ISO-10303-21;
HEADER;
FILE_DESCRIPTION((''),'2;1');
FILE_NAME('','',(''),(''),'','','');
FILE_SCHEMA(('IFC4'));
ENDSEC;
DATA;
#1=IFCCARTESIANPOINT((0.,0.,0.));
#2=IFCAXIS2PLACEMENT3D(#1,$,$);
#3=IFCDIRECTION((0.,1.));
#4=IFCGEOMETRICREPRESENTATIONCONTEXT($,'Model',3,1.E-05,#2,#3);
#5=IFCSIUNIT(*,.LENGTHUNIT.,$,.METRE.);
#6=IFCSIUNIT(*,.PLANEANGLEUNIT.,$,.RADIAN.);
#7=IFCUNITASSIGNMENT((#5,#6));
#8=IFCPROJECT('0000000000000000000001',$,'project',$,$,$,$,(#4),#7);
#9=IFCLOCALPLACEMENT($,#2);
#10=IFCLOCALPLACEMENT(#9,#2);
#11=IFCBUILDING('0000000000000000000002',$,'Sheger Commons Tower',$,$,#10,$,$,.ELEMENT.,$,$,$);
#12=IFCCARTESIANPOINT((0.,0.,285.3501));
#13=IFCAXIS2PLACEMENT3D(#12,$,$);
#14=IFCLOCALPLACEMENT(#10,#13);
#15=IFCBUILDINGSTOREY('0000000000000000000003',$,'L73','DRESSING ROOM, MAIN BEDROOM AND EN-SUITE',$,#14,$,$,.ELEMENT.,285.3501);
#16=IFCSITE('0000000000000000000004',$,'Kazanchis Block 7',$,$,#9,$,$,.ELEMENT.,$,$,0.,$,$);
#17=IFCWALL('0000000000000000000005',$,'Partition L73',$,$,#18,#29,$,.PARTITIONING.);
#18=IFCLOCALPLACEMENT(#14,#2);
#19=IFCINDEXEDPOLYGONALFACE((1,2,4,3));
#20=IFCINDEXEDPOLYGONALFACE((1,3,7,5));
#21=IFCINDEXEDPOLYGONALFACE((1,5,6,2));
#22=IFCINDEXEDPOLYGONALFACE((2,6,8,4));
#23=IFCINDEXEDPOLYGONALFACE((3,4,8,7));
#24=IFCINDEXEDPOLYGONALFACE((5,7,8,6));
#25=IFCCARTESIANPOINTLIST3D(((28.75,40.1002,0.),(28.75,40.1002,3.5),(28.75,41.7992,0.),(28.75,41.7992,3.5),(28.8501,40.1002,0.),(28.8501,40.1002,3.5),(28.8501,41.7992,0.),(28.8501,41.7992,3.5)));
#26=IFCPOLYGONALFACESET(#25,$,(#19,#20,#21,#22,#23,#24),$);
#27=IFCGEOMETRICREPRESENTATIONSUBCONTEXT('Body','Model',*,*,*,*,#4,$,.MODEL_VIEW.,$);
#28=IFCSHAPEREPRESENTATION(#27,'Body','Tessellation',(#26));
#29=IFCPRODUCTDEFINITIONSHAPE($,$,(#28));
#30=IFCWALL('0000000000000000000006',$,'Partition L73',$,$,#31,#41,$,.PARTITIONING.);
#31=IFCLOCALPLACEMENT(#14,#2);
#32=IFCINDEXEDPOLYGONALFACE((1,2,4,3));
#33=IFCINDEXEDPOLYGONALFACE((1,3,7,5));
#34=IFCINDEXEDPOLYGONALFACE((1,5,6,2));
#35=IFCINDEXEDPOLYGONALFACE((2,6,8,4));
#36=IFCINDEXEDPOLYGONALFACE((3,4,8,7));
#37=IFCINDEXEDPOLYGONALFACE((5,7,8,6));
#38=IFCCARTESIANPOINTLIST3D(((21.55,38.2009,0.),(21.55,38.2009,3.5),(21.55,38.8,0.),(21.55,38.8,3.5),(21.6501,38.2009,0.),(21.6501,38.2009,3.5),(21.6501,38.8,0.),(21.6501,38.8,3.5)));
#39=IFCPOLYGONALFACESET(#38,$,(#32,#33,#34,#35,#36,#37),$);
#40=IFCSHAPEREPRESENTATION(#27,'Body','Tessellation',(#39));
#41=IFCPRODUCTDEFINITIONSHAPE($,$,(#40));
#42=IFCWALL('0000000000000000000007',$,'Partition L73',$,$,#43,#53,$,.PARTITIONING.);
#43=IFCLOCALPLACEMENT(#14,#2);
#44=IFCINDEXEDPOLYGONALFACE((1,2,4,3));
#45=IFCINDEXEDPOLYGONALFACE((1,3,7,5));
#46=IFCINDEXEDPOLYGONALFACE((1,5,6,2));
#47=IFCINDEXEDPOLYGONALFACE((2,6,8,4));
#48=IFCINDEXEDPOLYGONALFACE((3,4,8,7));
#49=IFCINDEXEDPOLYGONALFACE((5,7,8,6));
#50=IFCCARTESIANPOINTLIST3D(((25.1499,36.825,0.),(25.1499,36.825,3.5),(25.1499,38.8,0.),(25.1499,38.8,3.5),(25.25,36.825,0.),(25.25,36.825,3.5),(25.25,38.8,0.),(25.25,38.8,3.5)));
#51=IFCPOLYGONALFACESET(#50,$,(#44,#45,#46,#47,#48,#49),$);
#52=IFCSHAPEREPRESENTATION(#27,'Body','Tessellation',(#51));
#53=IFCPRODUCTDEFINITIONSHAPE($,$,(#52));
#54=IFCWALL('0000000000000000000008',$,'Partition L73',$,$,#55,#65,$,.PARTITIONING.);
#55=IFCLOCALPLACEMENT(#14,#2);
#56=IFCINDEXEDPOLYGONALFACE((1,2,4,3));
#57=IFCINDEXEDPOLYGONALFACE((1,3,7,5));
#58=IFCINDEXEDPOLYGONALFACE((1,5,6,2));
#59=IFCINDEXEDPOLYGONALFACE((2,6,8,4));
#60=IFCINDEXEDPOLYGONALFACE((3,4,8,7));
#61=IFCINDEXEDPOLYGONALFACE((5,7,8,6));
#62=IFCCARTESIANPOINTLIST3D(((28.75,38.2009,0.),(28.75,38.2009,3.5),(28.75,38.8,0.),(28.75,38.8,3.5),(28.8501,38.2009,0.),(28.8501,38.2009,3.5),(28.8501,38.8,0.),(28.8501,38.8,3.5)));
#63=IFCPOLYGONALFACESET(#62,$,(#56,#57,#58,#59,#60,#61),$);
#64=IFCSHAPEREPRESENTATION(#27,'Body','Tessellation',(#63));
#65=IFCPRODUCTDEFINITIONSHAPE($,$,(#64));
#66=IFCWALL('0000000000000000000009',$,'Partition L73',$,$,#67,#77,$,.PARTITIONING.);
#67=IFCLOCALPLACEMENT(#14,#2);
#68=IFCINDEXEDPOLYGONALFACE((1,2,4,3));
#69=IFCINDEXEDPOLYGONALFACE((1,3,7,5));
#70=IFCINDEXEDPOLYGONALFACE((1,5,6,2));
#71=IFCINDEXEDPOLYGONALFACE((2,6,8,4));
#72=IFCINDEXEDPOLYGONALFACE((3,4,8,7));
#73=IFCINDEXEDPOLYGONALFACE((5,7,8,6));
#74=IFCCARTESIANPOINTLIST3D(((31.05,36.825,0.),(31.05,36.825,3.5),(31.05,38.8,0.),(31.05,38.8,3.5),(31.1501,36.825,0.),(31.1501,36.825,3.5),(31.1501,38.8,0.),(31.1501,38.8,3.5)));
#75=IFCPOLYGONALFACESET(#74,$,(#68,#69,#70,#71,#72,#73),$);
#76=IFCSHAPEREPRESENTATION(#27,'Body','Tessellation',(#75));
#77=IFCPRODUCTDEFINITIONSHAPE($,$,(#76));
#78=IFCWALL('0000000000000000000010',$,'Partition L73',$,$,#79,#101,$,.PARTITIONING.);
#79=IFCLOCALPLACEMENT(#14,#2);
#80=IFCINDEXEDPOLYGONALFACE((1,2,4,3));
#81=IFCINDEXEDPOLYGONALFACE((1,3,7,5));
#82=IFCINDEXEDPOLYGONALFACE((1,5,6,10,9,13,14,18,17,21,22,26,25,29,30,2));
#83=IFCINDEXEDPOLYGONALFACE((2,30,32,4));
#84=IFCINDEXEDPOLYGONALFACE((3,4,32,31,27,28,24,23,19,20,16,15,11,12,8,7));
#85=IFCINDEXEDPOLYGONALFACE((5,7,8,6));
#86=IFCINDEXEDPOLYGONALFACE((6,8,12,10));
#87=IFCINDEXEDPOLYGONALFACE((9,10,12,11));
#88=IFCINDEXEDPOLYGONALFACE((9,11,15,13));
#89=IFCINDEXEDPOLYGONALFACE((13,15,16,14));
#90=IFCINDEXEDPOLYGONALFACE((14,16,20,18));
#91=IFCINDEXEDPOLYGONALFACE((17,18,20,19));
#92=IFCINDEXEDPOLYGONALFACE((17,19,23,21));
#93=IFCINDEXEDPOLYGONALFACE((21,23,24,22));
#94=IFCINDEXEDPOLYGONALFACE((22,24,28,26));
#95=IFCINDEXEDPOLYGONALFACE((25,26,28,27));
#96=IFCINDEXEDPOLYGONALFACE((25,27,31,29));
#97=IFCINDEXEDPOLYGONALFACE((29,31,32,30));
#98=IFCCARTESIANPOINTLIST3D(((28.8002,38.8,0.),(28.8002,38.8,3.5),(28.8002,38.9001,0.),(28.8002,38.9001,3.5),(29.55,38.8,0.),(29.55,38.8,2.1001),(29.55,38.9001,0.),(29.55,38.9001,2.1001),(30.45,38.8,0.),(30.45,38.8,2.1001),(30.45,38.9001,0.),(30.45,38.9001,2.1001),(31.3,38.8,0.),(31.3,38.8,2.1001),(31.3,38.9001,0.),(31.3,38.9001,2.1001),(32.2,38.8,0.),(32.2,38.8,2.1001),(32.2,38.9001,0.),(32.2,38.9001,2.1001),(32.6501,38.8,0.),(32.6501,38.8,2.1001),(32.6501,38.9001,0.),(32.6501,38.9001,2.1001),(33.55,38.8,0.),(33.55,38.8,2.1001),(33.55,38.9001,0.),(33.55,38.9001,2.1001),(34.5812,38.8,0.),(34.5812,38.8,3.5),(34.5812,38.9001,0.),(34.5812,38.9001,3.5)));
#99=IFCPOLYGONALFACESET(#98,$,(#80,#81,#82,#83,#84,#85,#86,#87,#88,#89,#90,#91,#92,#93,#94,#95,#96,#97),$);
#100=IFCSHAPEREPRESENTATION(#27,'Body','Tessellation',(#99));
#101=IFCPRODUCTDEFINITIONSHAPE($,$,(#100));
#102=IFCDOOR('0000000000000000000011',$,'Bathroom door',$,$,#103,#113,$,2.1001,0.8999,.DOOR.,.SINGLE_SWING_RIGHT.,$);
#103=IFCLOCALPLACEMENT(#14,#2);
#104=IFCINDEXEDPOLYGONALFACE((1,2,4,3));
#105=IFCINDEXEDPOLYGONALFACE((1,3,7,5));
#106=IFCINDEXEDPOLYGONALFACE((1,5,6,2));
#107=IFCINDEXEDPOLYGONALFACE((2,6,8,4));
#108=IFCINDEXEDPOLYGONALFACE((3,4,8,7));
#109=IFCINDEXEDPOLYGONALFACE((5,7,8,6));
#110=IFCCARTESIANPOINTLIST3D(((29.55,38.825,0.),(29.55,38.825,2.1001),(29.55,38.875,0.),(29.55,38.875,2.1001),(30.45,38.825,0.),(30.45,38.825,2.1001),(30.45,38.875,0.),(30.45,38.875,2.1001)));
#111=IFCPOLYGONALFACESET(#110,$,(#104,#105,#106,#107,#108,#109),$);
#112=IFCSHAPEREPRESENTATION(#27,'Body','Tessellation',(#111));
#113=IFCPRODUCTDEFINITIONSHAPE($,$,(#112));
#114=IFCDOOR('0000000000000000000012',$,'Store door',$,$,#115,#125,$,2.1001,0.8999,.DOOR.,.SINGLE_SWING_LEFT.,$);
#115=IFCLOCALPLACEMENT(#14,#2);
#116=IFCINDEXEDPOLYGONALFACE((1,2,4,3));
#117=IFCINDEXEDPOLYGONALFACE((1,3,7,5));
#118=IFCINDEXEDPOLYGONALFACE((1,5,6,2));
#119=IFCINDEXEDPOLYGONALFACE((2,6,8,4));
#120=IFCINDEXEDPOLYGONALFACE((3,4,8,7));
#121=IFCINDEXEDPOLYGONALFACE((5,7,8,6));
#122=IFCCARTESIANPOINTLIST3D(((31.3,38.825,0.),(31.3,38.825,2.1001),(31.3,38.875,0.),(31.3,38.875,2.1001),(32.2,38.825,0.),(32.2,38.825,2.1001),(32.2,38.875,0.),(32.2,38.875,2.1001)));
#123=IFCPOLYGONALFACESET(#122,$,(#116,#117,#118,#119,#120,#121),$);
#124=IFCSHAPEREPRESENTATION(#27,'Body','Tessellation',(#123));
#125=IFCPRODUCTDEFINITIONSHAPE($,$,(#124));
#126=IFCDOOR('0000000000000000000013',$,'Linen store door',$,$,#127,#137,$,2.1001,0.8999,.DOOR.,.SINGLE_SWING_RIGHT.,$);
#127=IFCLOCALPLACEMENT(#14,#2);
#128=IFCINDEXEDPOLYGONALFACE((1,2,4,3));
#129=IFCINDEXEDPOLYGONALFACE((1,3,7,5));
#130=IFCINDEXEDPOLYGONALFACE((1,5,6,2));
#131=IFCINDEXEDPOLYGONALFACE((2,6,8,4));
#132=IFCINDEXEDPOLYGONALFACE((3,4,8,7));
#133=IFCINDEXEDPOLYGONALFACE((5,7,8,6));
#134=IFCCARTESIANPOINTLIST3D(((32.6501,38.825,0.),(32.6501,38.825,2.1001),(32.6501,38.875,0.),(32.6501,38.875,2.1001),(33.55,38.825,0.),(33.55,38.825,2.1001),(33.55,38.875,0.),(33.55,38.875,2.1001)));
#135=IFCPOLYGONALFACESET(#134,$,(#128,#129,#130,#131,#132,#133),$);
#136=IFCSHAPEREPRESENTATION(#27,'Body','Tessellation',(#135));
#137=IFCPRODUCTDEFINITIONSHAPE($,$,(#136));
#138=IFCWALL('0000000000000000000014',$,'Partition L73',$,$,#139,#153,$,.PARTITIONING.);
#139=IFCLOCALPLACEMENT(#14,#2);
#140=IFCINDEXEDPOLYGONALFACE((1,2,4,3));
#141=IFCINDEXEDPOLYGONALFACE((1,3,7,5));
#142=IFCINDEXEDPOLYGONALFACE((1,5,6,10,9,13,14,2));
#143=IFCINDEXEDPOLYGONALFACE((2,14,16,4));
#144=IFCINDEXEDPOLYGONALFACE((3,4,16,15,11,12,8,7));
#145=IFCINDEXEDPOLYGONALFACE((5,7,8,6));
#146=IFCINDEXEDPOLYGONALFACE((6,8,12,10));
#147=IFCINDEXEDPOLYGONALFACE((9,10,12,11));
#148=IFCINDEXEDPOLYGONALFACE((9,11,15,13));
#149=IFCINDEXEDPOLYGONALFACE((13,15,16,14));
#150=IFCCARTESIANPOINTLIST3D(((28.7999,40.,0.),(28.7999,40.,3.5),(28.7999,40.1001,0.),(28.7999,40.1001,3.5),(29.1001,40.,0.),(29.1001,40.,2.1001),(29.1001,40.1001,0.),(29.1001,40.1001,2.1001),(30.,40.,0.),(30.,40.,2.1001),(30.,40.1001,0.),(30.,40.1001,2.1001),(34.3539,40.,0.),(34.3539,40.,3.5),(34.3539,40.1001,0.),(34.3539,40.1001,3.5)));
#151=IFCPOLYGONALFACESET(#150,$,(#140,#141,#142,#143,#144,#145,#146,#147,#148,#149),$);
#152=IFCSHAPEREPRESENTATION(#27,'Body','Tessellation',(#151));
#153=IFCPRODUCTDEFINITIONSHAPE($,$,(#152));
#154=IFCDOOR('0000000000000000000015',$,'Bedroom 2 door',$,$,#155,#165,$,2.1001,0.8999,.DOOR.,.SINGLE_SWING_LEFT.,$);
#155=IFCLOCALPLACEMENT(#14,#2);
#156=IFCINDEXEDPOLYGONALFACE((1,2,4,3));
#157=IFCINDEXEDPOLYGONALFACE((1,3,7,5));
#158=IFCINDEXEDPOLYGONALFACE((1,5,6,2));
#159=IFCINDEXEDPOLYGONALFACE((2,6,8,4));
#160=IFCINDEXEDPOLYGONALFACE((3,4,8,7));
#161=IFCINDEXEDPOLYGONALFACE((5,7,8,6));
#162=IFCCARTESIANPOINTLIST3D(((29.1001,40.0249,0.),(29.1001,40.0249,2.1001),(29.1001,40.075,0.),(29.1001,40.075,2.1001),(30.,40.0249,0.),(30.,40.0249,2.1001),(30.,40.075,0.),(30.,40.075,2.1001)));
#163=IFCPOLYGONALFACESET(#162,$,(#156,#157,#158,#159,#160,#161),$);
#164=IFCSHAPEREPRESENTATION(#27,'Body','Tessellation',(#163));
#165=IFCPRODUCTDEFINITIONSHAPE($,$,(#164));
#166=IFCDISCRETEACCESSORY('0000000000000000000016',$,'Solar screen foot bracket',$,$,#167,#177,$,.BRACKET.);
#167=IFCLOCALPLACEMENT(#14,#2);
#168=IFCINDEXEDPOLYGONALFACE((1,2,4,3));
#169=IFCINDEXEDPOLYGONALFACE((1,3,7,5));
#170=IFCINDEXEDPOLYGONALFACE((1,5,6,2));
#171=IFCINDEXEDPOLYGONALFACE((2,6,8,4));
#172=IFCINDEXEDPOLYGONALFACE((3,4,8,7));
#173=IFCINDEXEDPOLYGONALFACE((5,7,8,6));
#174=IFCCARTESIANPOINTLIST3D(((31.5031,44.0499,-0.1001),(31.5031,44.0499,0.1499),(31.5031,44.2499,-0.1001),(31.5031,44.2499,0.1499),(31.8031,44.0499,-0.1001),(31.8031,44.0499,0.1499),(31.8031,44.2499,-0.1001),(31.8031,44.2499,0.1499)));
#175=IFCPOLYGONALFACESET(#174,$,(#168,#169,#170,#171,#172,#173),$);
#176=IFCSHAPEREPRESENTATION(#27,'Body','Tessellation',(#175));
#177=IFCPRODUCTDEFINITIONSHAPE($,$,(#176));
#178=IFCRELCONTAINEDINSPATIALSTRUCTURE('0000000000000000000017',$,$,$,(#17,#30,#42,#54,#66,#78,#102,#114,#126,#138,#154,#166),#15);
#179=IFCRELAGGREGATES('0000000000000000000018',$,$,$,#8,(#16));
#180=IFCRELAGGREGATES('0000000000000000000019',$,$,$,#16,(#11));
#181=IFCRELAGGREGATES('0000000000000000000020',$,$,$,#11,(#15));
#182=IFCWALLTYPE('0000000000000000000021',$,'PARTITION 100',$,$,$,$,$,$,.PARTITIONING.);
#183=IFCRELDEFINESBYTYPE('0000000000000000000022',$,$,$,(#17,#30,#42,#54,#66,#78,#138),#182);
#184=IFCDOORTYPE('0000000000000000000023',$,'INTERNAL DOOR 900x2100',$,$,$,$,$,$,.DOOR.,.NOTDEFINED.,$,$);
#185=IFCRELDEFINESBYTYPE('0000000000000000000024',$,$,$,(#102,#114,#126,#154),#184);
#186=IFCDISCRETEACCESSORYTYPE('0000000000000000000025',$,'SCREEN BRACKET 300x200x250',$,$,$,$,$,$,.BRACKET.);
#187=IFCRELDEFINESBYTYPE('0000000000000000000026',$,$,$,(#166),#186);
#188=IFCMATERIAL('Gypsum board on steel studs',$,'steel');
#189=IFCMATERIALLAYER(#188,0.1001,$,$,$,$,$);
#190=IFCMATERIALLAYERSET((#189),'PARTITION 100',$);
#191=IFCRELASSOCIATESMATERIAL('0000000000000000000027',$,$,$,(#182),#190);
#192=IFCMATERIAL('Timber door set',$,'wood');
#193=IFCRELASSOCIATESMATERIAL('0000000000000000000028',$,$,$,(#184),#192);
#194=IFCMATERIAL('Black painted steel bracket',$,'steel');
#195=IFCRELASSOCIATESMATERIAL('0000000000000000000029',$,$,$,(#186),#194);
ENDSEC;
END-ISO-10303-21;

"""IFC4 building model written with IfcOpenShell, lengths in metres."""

from ifc_helpers import new_model, si_unit, direction, frame, frame_2d, origin, origin_2d, place, context, subcontext, project, spatial, rectangle, extrude, material, layer, layer_set, type_object, element, fill, save


model = new_model("IFC4")

# Units and contexts
model_context = context("Model", 3, precision=1e-05, world=origin(), true_north=direction((0.0, 1.0)))
body_context = subcontext(model_context, "Body", "Model", "MODEL_VIEW")
ifc_project = project(units=[si_unit("LENGTHUNIT", "METRE"), si_unit("PLANEANGLEUNIT", "RADIAN")], contexts=[model_context])

# Site, building, storey
site_placement = place(None, origin())
site = spatial("IfcSite", under=ifc_project, at=site_placement, Name="Kazanchis Block 7", CompositionType="ELEMENT", RefElevation=0.0)
building_placement = place(site_placement, origin())
building = spatial("IfcBuilding", under=site, at=building_placement, Name="Sheger Commons Tower", CompositionType="ELEMENT")
storey_placement = place(building_placement, frame((0.0, 0.0, 285.3501)))
storey = spatial("IfcBuildingStorey", under=building, at=storey_placement, Name="L73", Description="DRESSING ROOM, MAIN BEDROOM AND EN-SUITE", CompositionType="ELEMENT", Elevation=285.3501)

# Shared definitions
ifc_material_1 = material(Name="Gypsum board on steel studs", Category="steel")
ifc_layer_1 = layer(ifc_material_1, 0.1001)
ifc_layer_set_1 = layer_set([ifc_layer_1], Name="PARTITION 100")
wall_type_1 = type_object("IfcWallType", Name="PARTITION 100", PredefinedType="PARTITIONING", material=ifc_layer_set_1)
ifc_material_2 = material(Name="Timber door set", Category="wood")
door_type_1 = type_object("IfcDoorType", Name="INTERNAL DOOR 900x2100", OperationType="NOTDEFINED", PredefinedType="DOOR", material=ifc_material_2)

# Walls
wall_1_placement = place(storey_placement, frame((28.8, 40.1001, 0.0), z_axis=(0.0, 0.0, 1.0), x_axis=(0.0, 1.0, 0.0)))
element("IfcWall", 1, at=wall_1_placement, inside=storey, type_object=wall_type_1, Name="Partition L73", PredefinedType="PARTITIONING", context=body_context, shape_type="SweptSolid", body=[
    extrude(rectangle(XDim=1.699, YDim=0.1001, at=frame_2d((0.8496, 0.0))), origin(), (0.0, 0.0, 1.0), 3.5),
])
wall_2_placement = place(storey_placement, frame((21.6001, 38.2009, 0.0), z_axis=(0.0, 0.0, 1.0), x_axis=(0.0, 1.0, 0.0)))
element("IfcWall", 2, at=wall_2_placement, inside=storey, type_object=wall_type_1, Name="Partition L73", PredefinedType="PARTITIONING", context=body_context, shape_type="SweptSolid", body=[
    extrude(rectangle(XDim=0.5991, YDim=0.1001, at=frame_2d((0.2996, 0.0))), origin(), (0.0, 0.0, 1.0), 3.5),
])
wall_3_placement = place(storey_placement, frame((25.2, 36.825, 0.0), z_axis=(0.0, 0.0, 1.0), x_axis=(0.0, 1.0, 0.0)))
element("IfcWall", 3, at=wall_3_placement, inside=storey, type_object=wall_type_1, Name="Partition L73", PredefinedType="PARTITIONING", context=body_context, shape_type="SweptSolid", body=[
    extrude(rectangle(XDim=1.9751, YDim=0.1001, at=frame_2d((0.9875, 0.0))), origin(), (0.0, 0.0, 1.0), 3.5),
])
wall_4_placement = place(storey_placement, frame((28.8, 38.2009, 0.0), z_axis=(0.0, 0.0, 1.0), x_axis=(0.0, 1.0, 0.0)))
element("IfcWall", 4, at=wall_4_placement, inside=storey, type_object=wall_type_1, Name="Partition L73", PredefinedType="PARTITIONING", context=body_context, shape_type="SweptSolid", body=[
    extrude(rectangle(XDim=0.5991, YDim=0.1001, at=frame_2d((0.2996, 0.0))), origin(), (0.0, 0.0, 1.0), 3.5),
])
wall_5_placement = place(storey_placement, frame((31.1001, 36.825, 0.0), z_axis=(0.0, 0.0, 1.0), x_axis=(0.0, 1.0, 0.0)))
element("IfcWall", 5, at=wall_5_placement, inside=storey, type_object=wall_type_1, Name="Partition L73", PredefinedType="PARTITIONING", context=body_context, shape_type="SweptSolid", body=[
    extrude(rectangle(XDim=1.9751, YDim=0.1001, at=frame_2d((0.9875, 0.0))), origin(), (0.0, 0.0, 1.0), 3.5),
])

# Wall, openings, doors
wall_6_placement = place(storey_placement, frame((28.8, 38.8501, 0.0), z_axis=(0.0, 0.0, 1.0), x_axis=(1.0, 0.0, 0.0)))
wall_6 = element("IfcWall", 6, at=wall_6_placement, inside=storey, type_object=wall_type_1, Name="Partition L73", PredefinedType="PARTITIONING", context=body_context, shape_type="SweptSolid", body=[
    extrude(rectangle(XDim=5.781, YDim=0.1001, at=frame_2d((2.8906, 0.0))), origin(), (0.0, 0.0, 1.0), 3.5),
])
opening_1_placement = place(wall_6_placement, frame((0.75, 0.0, 0.0)))
opening_1 = element("IfcOpeningElement", 7, at=opening_1_placement, cuts=wall_6, PredefinedType="OPENING", context=body_context, shape_type="SweptSolid", body=[
    extrude(rectangle(XDim=0.8999, YDim=2.1001, at=frame_2d((0.45, 1.05))), frame((0.0, 0.0601, 0.0), z_axis=(0.0, -1.0, 0.0), x_axis=(1.0, 0.0, 0.0)), (0.0, 0.0, 1.0), 0.1201),
])
opening_2_placement = place(wall_6_placement, frame((2.5, 0.0, 0.0)))
opening_2 = element("IfcOpeningElement", 8, at=opening_2_placement, cuts=wall_6, PredefinedType="OPENING", context=body_context, shape_type="SweptSolid", body=[
    extrude(rectangle(XDim=0.8999, YDim=2.1001, at=frame_2d((0.45, 1.05))), frame((0.0, 0.0601, 0.0), z_axis=(0.0, -1.0, 0.0), x_axis=(1.0, 0.0, 0.0)), (0.0, 0.0, 1.0), 0.1201),
])
opening_3_placement = place(wall_6_placement, frame((3.8501, 0.0, 0.0)))
opening_3 = element("IfcOpeningElement", 9, at=opening_3_placement, cuts=wall_6, PredefinedType="OPENING", context=body_context, shape_type="SweptSolid", body=[
    extrude(rectangle(XDim=0.8999, YDim=2.1001, at=frame_2d((0.45, 1.05))), frame((0.0, 0.0601, 0.0), z_axis=(0.0, -1.0, 0.0), x_axis=(1.0, 0.0, 0.0)), (0.0, 0.0, 1.0), 0.1201),
])
door_1_placement = place(opening_1_placement, origin())
door_1 = element("IfcDoor", 10, at=door_1_placement, inside=storey, type_object=door_type_1, Name="Bathroom door", OperationType="SINGLE_SWING_RIGHT", OverallHeight=2.1001, OverallWidth=0.8999, PredefinedType="DOOR", context=body_context, shape_type="SweptSolid", body=[
    extrude(rectangle(XDim=0.8999, YDim=2.1001, at=frame_2d((0.45, 1.05))), frame((0.0, 0.0249, 0.0), z_axis=(0.0, -1.0, 0.0), x_axis=(1.0, 0.0, 0.0)), (0.0, 0.0, 1.0), 0.05),
])
fill(opening_1, door_1)
door_2_placement = place(opening_2_placement, origin())
door_2 = element("IfcDoor", 11, at=door_2_placement, inside=storey, type_object=door_type_1, Name="Store door", OperationType="SINGLE_SWING_LEFT", OverallHeight=2.1001, OverallWidth=0.8999, PredefinedType="DOOR", context=body_context, shape_type="SweptSolid", body=[
    extrude(rectangle(XDim=0.8999, YDim=2.1001, at=frame_2d((0.45, 1.05))), frame((0.0, 0.0249, 0.0), z_axis=(0.0, -1.0, 0.0), x_axis=(1.0, 0.0, 0.0)), (0.0, 0.0, 1.0), 0.05),
])
fill(opening_2, door_2)
door_3_placement = place(opening_3_placement, origin())
door_3 = element("IfcDoor", 12, at=door_3_placement, inside=storey, type_object=door_type_1, Name="Linen store door", OperationType="SINGLE_SWING_RIGHT", OverallHeight=2.1001, OverallWidth=0.8999, PredefinedType="DOOR", context=body_context, shape_type="SweptSolid", body=[
    extrude(rectangle(XDim=0.8999, YDim=2.1001, at=frame_2d((0.45, 1.05))), frame((0.0, 0.0249, 0.0), z_axis=(0.0, -1.0, 0.0), x_axis=(1.0, 0.0, 0.0)), (0.0, 0.0, 1.0), 0.05),
])
fill(opening_3, door_3)

# Wall, opening, door
wall_7_placement = place(storey_placement, frame((28.8, 40.05, 0.0), z_axis=(0.0, 0.0, 1.0), x_axis=(1.0, 0.0, 0.0)))
wall_7 = element("IfcWall", 13, at=wall_7_placement, inside=storey, type_object=wall_type_1, Name="Partition L73", PredefinedType="PARTITIONING", context=body_context, shape_type="SweptSolid", body=[
    extrude(rectangle(XDim=5.554, YDim=0.1001, at=frame_2d((2.7769, 0.0))), origin(), (0.0, 0.0, 1.0), 3.5),
])
opening_4_placement = place(wall_7_placement, frame((0.3, 0.0, 0.0)))
opening_4 = element("IfcOpeningElement", 14, at=opening_4_placement, cuts=wall_7, PredefinedType="OPENING", context=body_context, shape_type="SweptSolid", body=[
    extrude(rectangle(XDim=0.8999, YDim=2.1001, at=frame_2d((0.45, 1.05))), frame((0.0, 0.0601, 0.0), z_axis=(0.0, -1.0, 0.0), x_axis=(1.0, 0.0, 0.0)), (0.0, 0.0, 1.0), 0.1201),
])
door_4_placement = place(opening_4_placement, origin())
door_4 = element("IfcDoor", 15, at=door_4_placement, inside=storey, type_object=door_type_1, Name="Bedroom 2 door", OperationType="SINGLE_SWING_LEFT", OverallHeight=2.1001, OverallWidth=0.8999, PredefinedType="DOOR", context=body_context, shape_type="SweptSolid", body=[
    extrude(rectangle(XDim=0.8999, YDim=2.1001, at=frame_2d((0.45, 1.05))), frame((0.0, 0.0249, 0.0), z_axis=(0.0, -1.0, 0.0), x_axis=(1.0, 0.0, 0.0)), (0.0, 0.0, 1.0), 0.05),
])
fill(opening_4, door_4)

# Discrete accessory
ifc_material_3 = material(Name="Black painted steel bracket", Category="steel")
discrete_accessory_type = type_object("IfcDiscreteAccessoryType", Name="SCREEN BRACKET 300x200x250", PredefinedType="BRACKET", material=ifc_material_3)
for number, where, z_axis, x_axis, name in (
    (16, (31.6531, 44.1499, -0.1001), (0.0, 0.0, 1.0), (-1.0, 0.0, 0.0), "Solar screen foot bracket"),
):
    element("IfcDiscreteAccessory", number, at=place(storey_placement, frame(where, z_axis=z_axis, x_axis=x_axis)), inside=storey, type_object=discrete_accessory_type, Name=name, PredefinedType="BRACKET", context=body_context, shape_type="SweptSolid", body=[
        extrude(rectangle(XDim=0.3, YDim=0.2, at=origin_2d()), origin(), (0.0, 0.0, 1.0), 0.25),
    ])

save(model, "model.ifc")
